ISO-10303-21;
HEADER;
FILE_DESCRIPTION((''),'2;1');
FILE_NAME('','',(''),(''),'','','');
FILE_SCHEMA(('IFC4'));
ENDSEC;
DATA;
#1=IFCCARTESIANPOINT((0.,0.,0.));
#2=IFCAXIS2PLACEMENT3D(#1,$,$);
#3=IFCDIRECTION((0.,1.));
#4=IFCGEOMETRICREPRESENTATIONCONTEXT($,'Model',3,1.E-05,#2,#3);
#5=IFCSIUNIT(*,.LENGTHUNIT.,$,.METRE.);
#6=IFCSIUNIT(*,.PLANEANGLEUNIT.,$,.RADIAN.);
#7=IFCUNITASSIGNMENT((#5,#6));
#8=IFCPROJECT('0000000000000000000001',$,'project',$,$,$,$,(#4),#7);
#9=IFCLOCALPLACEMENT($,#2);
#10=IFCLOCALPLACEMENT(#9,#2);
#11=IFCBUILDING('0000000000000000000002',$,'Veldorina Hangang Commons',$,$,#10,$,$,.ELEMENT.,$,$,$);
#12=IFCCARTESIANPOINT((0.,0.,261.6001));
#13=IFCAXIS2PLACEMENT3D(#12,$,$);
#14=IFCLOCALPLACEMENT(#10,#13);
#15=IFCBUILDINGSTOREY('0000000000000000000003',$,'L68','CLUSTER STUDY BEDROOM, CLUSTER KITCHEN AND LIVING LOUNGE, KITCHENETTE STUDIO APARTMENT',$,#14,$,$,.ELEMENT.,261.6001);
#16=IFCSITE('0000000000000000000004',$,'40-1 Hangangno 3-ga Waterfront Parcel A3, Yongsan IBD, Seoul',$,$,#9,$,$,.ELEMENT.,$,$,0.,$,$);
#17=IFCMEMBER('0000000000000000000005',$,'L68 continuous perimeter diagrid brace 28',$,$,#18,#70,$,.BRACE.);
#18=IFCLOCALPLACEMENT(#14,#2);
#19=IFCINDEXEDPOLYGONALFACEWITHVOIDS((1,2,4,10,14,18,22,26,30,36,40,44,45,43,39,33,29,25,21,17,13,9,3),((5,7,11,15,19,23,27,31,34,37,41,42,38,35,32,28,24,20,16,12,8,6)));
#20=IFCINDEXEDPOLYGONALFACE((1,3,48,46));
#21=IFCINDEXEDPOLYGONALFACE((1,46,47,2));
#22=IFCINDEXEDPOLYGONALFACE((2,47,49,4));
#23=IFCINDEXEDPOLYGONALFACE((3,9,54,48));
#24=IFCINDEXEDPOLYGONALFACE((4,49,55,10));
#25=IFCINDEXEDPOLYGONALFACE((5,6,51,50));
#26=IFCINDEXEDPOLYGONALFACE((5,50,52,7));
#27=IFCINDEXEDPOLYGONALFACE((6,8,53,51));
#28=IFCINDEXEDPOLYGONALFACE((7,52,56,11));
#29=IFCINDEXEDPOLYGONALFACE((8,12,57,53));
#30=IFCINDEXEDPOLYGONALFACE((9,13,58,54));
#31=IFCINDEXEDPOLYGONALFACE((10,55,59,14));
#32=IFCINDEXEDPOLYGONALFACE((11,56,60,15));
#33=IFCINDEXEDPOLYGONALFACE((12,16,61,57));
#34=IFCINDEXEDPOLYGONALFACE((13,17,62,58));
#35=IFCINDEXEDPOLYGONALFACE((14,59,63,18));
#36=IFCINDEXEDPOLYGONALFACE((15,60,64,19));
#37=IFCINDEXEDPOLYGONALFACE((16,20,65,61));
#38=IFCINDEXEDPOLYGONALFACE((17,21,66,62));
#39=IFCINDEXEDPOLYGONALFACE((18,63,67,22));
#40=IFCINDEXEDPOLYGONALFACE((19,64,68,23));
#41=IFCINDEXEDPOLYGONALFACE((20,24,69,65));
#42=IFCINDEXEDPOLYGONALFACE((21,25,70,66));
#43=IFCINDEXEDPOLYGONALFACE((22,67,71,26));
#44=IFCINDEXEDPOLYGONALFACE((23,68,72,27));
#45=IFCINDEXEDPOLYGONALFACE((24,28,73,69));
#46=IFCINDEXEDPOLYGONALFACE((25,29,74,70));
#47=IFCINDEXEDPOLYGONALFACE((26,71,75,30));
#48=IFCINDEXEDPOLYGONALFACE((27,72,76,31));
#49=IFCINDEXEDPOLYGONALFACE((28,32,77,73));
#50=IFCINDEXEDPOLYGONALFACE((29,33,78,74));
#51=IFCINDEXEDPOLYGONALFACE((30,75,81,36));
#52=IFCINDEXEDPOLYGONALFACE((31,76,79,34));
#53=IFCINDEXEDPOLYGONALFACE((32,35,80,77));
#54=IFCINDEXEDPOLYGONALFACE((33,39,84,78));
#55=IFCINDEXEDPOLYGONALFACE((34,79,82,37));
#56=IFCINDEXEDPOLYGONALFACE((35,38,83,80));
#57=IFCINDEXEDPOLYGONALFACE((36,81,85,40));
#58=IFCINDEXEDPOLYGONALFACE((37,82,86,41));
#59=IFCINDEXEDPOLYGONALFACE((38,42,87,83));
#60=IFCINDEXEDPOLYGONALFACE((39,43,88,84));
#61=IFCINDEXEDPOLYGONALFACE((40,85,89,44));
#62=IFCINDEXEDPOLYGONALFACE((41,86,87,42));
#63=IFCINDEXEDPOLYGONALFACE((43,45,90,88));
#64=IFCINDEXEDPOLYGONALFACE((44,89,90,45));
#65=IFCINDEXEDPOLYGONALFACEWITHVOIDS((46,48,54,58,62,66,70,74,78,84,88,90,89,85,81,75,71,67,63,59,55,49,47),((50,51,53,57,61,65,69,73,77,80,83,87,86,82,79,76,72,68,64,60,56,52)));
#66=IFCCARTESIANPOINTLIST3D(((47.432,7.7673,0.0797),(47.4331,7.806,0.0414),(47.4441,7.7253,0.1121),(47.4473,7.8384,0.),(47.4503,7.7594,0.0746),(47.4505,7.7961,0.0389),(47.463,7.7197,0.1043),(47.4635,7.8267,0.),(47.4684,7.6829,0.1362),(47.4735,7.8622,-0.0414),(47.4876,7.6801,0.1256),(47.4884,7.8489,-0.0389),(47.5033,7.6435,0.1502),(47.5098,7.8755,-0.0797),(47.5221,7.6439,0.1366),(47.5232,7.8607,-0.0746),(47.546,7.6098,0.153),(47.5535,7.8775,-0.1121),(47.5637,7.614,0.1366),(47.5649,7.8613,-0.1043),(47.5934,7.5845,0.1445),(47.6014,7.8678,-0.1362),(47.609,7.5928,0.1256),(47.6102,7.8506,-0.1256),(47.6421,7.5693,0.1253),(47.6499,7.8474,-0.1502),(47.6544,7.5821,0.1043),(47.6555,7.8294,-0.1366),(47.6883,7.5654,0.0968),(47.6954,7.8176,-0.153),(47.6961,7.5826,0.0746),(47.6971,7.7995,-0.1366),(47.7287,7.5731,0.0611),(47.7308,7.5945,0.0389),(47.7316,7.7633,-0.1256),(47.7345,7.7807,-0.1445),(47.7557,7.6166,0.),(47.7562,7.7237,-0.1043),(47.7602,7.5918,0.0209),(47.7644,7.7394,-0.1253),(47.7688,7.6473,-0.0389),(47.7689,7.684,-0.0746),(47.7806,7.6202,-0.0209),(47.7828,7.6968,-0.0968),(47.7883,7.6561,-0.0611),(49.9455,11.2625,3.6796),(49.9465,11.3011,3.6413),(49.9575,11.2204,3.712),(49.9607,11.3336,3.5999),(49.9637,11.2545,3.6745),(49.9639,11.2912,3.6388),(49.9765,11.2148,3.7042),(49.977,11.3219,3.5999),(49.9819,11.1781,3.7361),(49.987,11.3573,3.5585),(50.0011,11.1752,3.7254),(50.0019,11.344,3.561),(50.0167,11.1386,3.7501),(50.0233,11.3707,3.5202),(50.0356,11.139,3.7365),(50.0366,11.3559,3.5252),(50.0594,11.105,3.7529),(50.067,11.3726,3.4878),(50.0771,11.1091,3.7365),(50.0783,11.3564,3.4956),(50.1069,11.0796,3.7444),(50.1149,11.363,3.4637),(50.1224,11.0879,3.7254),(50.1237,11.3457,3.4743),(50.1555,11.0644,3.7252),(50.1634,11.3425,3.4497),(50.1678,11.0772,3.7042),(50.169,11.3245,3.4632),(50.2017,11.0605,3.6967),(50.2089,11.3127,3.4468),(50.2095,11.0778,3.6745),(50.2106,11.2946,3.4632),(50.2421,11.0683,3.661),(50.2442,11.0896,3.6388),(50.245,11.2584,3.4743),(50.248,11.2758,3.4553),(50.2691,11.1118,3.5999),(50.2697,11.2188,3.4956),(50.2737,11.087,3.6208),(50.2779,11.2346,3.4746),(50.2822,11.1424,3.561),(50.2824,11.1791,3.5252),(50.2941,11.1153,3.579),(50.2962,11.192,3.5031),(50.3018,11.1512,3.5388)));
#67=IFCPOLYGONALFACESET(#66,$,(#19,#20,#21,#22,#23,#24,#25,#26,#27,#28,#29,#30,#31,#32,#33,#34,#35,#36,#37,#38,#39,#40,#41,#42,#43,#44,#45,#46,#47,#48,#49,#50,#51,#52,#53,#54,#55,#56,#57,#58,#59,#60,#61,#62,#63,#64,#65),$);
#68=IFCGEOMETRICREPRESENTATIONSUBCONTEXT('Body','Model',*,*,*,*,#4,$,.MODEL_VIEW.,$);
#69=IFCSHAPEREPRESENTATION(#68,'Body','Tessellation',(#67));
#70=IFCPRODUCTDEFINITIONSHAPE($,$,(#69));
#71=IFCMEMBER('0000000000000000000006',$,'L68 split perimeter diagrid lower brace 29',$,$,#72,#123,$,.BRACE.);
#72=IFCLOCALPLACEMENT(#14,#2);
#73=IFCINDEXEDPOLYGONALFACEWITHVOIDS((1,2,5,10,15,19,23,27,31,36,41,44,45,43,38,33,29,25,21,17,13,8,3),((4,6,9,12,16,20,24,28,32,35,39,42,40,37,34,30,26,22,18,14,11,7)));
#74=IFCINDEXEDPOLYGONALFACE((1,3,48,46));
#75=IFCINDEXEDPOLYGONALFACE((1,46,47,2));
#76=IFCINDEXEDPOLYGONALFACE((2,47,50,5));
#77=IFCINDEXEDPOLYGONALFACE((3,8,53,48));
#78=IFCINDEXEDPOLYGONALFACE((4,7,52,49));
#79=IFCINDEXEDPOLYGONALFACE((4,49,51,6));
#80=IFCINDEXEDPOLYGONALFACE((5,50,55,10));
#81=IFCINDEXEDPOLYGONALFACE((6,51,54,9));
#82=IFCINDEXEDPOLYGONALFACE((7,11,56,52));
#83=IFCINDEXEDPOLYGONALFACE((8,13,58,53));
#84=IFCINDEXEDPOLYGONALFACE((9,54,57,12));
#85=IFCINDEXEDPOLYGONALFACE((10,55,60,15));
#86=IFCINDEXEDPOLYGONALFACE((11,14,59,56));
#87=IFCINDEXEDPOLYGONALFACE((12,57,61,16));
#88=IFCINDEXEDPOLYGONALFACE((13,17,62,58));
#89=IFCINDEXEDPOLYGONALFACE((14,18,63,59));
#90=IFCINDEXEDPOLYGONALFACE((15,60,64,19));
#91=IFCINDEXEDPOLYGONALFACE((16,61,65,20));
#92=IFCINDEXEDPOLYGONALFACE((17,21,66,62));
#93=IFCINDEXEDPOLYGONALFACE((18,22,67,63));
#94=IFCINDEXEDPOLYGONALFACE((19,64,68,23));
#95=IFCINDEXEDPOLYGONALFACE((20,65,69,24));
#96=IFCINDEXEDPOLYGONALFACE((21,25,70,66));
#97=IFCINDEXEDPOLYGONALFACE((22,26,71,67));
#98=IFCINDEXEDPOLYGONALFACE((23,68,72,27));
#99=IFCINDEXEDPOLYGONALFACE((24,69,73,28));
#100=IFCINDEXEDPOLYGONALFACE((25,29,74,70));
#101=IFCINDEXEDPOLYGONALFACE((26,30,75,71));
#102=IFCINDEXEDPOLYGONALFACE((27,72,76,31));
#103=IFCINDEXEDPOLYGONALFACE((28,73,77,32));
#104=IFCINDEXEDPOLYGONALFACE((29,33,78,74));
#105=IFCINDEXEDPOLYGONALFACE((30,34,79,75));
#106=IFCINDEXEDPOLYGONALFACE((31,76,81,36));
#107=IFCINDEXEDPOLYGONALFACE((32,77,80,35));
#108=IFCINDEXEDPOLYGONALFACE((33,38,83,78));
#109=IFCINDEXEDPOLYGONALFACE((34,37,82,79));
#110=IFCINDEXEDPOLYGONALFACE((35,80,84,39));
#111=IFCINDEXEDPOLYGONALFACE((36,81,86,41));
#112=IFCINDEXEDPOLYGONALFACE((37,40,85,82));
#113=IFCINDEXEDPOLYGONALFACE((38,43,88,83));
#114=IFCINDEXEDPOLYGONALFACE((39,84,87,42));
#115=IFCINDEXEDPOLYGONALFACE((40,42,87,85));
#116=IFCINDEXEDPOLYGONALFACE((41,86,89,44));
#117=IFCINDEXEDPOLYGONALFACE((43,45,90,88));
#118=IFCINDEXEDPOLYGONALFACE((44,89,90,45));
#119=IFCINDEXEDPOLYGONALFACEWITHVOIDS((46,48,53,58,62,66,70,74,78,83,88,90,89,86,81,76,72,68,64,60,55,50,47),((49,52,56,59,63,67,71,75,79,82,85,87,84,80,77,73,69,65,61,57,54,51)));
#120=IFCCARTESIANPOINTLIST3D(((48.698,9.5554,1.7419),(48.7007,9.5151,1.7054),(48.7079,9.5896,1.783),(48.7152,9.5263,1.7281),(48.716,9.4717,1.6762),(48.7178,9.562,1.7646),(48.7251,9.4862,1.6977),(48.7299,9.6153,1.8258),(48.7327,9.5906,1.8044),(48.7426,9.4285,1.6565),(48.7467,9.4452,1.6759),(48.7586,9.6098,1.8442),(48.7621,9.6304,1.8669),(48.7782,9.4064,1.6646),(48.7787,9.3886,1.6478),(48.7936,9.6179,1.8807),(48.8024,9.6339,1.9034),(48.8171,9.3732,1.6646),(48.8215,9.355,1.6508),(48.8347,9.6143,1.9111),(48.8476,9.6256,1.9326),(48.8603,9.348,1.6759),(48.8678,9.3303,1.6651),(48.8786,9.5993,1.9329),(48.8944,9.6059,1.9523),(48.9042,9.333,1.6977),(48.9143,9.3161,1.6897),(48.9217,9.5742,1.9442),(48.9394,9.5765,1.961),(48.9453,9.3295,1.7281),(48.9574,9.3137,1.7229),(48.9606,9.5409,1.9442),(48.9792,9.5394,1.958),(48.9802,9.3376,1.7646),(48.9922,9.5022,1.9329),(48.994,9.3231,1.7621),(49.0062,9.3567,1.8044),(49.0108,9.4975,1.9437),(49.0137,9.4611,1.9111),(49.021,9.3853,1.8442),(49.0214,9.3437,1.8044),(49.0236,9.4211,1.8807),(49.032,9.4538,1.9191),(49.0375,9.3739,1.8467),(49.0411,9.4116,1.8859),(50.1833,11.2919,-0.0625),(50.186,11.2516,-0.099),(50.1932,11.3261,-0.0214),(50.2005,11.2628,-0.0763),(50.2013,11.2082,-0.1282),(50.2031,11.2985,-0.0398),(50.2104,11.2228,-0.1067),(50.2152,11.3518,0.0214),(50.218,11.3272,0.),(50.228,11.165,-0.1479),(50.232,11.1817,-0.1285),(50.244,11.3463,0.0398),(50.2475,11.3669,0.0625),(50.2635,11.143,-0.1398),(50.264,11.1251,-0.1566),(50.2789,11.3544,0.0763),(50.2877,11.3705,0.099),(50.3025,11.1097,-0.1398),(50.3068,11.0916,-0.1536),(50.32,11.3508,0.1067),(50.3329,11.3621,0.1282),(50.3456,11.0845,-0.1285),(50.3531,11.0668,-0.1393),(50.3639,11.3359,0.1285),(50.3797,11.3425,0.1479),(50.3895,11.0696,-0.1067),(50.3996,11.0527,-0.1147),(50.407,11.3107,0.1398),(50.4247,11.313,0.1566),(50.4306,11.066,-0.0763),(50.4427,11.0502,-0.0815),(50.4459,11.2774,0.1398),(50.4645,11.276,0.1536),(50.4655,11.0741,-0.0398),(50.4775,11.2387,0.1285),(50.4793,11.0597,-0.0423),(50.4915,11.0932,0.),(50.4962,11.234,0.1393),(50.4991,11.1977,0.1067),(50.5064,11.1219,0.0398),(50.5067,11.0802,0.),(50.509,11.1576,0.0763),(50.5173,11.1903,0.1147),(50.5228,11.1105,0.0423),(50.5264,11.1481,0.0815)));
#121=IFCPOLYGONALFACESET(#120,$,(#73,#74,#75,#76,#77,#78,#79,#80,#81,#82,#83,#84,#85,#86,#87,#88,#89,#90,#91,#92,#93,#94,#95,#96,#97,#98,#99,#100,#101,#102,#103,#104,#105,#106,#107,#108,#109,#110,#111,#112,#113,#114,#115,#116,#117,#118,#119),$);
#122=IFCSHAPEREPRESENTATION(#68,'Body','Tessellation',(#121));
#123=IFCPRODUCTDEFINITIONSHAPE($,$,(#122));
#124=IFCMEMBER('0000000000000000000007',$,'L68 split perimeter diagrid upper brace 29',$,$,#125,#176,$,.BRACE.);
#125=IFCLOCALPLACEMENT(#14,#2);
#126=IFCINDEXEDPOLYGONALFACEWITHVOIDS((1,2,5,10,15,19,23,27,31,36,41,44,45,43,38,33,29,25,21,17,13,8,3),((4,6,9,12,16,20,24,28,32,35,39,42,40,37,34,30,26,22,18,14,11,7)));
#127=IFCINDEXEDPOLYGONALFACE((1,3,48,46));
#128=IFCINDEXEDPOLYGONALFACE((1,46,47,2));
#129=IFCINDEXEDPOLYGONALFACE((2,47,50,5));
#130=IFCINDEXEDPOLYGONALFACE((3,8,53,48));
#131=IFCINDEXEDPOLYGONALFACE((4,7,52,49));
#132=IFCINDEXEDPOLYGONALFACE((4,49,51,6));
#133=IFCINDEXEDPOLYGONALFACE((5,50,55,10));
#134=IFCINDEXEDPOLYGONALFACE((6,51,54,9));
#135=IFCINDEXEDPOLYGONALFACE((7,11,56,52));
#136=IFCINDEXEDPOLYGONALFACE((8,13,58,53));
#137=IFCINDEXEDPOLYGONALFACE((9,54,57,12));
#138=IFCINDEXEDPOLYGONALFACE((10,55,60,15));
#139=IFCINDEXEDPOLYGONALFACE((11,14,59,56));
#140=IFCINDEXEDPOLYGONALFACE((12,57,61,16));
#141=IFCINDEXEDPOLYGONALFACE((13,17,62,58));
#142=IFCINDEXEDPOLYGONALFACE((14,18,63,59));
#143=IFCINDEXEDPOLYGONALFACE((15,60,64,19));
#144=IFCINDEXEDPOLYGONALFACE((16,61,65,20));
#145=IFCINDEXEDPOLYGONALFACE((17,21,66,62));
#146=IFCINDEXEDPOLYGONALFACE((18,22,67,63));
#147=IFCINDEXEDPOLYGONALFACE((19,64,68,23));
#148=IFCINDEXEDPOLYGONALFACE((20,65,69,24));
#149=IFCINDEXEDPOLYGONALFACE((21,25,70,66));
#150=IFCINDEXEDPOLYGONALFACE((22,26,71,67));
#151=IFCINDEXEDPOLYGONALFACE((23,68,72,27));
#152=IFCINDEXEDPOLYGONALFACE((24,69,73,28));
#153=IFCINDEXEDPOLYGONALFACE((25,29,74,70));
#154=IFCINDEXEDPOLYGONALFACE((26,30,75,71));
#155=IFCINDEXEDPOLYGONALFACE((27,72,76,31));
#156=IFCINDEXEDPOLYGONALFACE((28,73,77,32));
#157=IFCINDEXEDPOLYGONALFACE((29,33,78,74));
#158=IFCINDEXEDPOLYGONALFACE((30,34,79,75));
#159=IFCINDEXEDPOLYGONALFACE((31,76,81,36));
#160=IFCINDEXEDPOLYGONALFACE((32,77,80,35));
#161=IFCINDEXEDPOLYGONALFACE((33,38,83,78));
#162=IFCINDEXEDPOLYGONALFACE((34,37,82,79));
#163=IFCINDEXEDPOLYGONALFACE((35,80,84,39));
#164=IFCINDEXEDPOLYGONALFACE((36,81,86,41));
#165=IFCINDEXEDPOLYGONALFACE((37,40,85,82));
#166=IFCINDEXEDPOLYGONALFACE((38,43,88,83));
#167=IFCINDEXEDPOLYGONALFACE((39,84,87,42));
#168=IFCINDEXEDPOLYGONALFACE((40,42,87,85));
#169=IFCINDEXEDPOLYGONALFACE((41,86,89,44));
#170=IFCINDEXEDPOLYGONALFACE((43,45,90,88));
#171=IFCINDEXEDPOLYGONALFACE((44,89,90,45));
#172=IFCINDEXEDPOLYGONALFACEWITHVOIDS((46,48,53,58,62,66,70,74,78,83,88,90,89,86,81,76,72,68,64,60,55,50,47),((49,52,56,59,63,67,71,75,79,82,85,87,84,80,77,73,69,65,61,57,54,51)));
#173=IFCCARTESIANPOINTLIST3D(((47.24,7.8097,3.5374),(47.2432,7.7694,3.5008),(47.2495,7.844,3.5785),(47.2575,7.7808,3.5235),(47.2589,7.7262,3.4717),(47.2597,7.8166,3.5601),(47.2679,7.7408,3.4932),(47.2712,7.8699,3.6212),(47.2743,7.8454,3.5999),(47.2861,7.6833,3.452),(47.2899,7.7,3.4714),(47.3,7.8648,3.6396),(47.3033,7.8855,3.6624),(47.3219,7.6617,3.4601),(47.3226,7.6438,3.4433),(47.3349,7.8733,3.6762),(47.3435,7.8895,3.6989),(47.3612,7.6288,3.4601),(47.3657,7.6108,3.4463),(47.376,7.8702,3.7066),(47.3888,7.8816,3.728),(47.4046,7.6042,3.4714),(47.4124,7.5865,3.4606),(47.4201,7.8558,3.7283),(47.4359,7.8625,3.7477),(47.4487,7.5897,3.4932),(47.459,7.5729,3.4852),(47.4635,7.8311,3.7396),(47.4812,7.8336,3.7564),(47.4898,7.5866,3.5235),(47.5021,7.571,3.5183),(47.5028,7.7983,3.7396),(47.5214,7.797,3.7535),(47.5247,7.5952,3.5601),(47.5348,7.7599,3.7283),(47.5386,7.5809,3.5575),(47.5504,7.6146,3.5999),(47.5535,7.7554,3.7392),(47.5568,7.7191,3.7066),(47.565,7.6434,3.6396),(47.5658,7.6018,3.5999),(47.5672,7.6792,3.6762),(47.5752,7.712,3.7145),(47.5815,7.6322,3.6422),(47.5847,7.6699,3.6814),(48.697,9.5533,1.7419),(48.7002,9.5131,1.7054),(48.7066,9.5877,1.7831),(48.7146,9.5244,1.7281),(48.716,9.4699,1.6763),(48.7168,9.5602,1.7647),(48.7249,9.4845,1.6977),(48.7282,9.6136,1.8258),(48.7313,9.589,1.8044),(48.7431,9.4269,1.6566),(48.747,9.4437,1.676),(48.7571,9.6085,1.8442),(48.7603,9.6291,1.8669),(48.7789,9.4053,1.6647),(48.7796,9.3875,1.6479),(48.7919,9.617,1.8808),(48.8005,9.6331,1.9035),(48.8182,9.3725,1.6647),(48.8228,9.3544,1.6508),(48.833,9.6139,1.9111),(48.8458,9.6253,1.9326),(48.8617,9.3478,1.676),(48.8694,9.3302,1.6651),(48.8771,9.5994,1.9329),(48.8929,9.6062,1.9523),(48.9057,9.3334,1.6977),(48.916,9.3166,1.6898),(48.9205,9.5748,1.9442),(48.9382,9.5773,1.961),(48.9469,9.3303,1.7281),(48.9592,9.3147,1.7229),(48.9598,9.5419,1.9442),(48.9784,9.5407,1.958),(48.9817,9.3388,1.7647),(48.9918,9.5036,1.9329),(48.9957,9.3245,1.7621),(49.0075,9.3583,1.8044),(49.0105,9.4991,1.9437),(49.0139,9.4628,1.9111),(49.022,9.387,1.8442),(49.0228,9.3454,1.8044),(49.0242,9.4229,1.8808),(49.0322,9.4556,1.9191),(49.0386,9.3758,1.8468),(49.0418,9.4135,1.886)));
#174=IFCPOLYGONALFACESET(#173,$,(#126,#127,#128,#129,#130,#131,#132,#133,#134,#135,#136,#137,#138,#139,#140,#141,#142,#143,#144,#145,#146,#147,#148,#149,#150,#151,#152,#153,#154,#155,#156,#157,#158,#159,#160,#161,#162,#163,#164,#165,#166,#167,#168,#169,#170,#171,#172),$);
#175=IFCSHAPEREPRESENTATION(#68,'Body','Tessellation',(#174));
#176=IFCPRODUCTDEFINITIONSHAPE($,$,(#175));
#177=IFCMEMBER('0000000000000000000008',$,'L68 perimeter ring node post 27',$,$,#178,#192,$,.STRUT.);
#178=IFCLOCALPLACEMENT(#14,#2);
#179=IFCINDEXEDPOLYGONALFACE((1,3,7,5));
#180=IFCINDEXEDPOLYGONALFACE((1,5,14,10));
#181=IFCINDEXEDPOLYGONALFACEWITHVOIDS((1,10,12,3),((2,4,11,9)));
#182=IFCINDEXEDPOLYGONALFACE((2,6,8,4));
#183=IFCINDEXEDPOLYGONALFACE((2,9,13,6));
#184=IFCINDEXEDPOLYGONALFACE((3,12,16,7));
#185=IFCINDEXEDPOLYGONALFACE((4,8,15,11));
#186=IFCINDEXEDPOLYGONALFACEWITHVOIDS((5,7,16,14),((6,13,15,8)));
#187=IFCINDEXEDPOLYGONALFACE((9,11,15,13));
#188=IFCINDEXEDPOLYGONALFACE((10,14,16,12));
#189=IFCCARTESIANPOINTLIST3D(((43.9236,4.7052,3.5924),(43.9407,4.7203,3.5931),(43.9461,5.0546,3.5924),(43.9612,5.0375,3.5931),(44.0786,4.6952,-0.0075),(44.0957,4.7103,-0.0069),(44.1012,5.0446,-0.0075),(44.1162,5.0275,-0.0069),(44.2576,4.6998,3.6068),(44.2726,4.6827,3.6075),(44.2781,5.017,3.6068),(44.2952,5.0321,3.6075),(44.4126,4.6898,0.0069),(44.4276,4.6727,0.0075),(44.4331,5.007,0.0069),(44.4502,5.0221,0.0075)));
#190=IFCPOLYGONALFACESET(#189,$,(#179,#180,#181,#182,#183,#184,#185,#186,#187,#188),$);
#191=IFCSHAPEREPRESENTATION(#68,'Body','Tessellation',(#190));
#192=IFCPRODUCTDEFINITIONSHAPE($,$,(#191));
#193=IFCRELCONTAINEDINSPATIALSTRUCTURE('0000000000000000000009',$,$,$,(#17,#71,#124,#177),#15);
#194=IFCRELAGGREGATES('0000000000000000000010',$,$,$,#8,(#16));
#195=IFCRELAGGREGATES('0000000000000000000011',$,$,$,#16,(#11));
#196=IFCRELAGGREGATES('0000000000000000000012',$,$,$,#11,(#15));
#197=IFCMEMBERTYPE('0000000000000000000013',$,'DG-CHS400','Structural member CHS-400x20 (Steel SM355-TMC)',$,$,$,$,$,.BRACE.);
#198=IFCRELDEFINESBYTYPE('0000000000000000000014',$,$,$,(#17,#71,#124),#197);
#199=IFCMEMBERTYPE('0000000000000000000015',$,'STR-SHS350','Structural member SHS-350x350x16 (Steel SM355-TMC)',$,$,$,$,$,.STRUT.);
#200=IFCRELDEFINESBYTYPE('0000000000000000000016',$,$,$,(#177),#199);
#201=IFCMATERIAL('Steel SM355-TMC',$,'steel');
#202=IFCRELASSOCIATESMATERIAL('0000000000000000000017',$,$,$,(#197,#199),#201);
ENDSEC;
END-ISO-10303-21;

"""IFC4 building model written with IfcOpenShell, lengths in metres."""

from ifc_helpers import new_model, si_unit, direction, frame, origin, origin_2d, place, context, subcontext, project, spatial, hollow_rectangle, hollow_circle, extrude, material, material_profile, profile_set, type_object, element, save


model = new_model("IFC4")

# Units and contexts
model_context = context("Model", 3, precision=1e-05, world=origin(), true_north=direction((0.0, 1.0)))
body_context = subcontext(model_context, "Body", "Model", "MODEL_VIEW")
ifc_project = project(units=[si_unit("LENGTHUNIT", "METRE"), si_unit("PLANEANGLEUNIT", "RADIAN")], contexts=[model_context])

# Site, building, storey
site_placement = place(None, origin())
site = spatial("IfcSite", under=ifc_project, at=site_placement, Name="40-1 Hangangno 3-ga Waterfront Parcel A3, Yongsan IBD, Seoul", CompositionType="ELEMENT", RefElevation=0.0)
building_placement = place(site_placement, origin())
building = spatial("IfcBuilding", under=site, at=building_placement, Name="Veldorina Hangang Commons", CompositionType="ELEMENT")
storey_placement = place(building_placement, frame((0.0, 0.0, 261.6001)))
storey = spatial("IfcBuildingStorey", under=building, at=storey_placement, Name="L68", Description="CLUSTER STUDY BEDROOM, CLUSTER KITCHEN AND LIVING LOUNGE, KITCHENETTE STUDIO APARTMENT", CompositionType="ELEMENT", Elevation=261.6001)

# Shared definitions
ifc_material_1 = material(Name="Steel SM355-TMC", Category="steel")

# Members
ifc_material_profile_1 = material_profile(ifc_material_1, hollow_circle(Radius=0.2, WallThickness=0.02, at=origin_2d()), Name="CHS-400x20")
ifc_profile_set_1 = profile_set([ifc_material_profile_1], Name="Steel SM355-TMC")
member_type_1 = type_object("IfcMemberType", Name="DG-CHS400", Description="Structural member CHS-400x20 (Steel SM355-TMC)", PredefinedType="BRACE", material=ifc_profile_set_1)
member_1_placement = place(storey_placement, frame((47.6096, 7.7217, 0.0), z_axis=(0.447884, 0.622818, 0.641481), x_axis=(-0.811871, 0.583837, 0.0)))
element("IfcMember", 1, at=member_1_placement, inside=storey, type_object=member_type_1, Name="L68 continuous perimeter diagrid brace 28", PredefinedType="BRACE", context=body_context, shape_type="SweptSolid", body=[
    extrude(hollow_circle(Radius=0.2, WallThickness=0.02, at=origin_2d()), origin(), (0.0, 0.0, 1.0), 5.6118),
])
member_2_placement = place(storey_placement, frame((50.3547, 11.2102, 0.0), z_axis=(-0.510133, -0.596413, 0.619723), x_axis=(0.759935, -0.649999, 0.0)))
element("IfcMember", 2, at=member_2_placement, inside=storey, type_object=member_type_1, Name="L68 split perimeter diagrid lower brace 29", PredefinedType="BRACE", context=body_context, shape_type="SweptSolid", body=[
    extrude(hollow_circle(Radius=0.2, WallThickness=0.02, at=origin_2d()), origin(), (0.0, 0.0, 1.0), 2.9116),
])
member_3_placement = place(storey_placement, frame((48.8694, 9.4736, 1.8044), z_axis=(-0.50312, -0.602092, 0.619964), x_axis=(0.767358, -0.641219, 0.0)))
element("IfcMember", 3, at=member_3_placement, inside=storey, type_object=member_type_1, Name="L68 split perimeter diagrid upper brace 29", PredefinedType="BRACE", context=body_context, shape_type="SweptSolid", body=[
    extrude(hollow_circle(Radius=0.2, WallThickness=0.02, at=origin_2d()), origin(), (0.0, 0.0, 1.0), 2.896),
])
ifc_material_profile_2 = material_profile(ifc_material_1, hollow_rectangle(XDim=0.3501, YDim=0.3501, WallThickness=0.0161, at=origin_2d()), Name="SHS-350x350x16")
ifc_profile_set_2 = profile_set([ifc_material_profile_2], Name="Steel SM355-TMC")
member_type_2 = type_object("IfcMemberType", Name="STR-SHS350", Description="Structural member SHS-350x350x16 (Steel SM355-TMC)", PredefinedType="STRUT", material=ifc_profile_set_2)
member_4_placement = place(storey_placement, frame((44.2644, 4.8586, 0.0), z_axis=(-0.043025, 0.002778, 0.99907), x_axis=(-0.064433, -0.997922, 0.0)))
element("IfcMember", 4, at=member_4_placement, inside=storey, type_object=member_type_2, Name="L68 perimeter ring node post 27", PredefinedType="STRUT", context=body_context, shape_type="SweptSolid", body=[
    extrude(hollow_rectangle(XDim=0.3501, YDim=0.3501, WallThickness=0.0161, at=origin_2d()), origin(), (0.0, 0.0, 1.0), 3.6033),
])

save(model, "model.ifc")
